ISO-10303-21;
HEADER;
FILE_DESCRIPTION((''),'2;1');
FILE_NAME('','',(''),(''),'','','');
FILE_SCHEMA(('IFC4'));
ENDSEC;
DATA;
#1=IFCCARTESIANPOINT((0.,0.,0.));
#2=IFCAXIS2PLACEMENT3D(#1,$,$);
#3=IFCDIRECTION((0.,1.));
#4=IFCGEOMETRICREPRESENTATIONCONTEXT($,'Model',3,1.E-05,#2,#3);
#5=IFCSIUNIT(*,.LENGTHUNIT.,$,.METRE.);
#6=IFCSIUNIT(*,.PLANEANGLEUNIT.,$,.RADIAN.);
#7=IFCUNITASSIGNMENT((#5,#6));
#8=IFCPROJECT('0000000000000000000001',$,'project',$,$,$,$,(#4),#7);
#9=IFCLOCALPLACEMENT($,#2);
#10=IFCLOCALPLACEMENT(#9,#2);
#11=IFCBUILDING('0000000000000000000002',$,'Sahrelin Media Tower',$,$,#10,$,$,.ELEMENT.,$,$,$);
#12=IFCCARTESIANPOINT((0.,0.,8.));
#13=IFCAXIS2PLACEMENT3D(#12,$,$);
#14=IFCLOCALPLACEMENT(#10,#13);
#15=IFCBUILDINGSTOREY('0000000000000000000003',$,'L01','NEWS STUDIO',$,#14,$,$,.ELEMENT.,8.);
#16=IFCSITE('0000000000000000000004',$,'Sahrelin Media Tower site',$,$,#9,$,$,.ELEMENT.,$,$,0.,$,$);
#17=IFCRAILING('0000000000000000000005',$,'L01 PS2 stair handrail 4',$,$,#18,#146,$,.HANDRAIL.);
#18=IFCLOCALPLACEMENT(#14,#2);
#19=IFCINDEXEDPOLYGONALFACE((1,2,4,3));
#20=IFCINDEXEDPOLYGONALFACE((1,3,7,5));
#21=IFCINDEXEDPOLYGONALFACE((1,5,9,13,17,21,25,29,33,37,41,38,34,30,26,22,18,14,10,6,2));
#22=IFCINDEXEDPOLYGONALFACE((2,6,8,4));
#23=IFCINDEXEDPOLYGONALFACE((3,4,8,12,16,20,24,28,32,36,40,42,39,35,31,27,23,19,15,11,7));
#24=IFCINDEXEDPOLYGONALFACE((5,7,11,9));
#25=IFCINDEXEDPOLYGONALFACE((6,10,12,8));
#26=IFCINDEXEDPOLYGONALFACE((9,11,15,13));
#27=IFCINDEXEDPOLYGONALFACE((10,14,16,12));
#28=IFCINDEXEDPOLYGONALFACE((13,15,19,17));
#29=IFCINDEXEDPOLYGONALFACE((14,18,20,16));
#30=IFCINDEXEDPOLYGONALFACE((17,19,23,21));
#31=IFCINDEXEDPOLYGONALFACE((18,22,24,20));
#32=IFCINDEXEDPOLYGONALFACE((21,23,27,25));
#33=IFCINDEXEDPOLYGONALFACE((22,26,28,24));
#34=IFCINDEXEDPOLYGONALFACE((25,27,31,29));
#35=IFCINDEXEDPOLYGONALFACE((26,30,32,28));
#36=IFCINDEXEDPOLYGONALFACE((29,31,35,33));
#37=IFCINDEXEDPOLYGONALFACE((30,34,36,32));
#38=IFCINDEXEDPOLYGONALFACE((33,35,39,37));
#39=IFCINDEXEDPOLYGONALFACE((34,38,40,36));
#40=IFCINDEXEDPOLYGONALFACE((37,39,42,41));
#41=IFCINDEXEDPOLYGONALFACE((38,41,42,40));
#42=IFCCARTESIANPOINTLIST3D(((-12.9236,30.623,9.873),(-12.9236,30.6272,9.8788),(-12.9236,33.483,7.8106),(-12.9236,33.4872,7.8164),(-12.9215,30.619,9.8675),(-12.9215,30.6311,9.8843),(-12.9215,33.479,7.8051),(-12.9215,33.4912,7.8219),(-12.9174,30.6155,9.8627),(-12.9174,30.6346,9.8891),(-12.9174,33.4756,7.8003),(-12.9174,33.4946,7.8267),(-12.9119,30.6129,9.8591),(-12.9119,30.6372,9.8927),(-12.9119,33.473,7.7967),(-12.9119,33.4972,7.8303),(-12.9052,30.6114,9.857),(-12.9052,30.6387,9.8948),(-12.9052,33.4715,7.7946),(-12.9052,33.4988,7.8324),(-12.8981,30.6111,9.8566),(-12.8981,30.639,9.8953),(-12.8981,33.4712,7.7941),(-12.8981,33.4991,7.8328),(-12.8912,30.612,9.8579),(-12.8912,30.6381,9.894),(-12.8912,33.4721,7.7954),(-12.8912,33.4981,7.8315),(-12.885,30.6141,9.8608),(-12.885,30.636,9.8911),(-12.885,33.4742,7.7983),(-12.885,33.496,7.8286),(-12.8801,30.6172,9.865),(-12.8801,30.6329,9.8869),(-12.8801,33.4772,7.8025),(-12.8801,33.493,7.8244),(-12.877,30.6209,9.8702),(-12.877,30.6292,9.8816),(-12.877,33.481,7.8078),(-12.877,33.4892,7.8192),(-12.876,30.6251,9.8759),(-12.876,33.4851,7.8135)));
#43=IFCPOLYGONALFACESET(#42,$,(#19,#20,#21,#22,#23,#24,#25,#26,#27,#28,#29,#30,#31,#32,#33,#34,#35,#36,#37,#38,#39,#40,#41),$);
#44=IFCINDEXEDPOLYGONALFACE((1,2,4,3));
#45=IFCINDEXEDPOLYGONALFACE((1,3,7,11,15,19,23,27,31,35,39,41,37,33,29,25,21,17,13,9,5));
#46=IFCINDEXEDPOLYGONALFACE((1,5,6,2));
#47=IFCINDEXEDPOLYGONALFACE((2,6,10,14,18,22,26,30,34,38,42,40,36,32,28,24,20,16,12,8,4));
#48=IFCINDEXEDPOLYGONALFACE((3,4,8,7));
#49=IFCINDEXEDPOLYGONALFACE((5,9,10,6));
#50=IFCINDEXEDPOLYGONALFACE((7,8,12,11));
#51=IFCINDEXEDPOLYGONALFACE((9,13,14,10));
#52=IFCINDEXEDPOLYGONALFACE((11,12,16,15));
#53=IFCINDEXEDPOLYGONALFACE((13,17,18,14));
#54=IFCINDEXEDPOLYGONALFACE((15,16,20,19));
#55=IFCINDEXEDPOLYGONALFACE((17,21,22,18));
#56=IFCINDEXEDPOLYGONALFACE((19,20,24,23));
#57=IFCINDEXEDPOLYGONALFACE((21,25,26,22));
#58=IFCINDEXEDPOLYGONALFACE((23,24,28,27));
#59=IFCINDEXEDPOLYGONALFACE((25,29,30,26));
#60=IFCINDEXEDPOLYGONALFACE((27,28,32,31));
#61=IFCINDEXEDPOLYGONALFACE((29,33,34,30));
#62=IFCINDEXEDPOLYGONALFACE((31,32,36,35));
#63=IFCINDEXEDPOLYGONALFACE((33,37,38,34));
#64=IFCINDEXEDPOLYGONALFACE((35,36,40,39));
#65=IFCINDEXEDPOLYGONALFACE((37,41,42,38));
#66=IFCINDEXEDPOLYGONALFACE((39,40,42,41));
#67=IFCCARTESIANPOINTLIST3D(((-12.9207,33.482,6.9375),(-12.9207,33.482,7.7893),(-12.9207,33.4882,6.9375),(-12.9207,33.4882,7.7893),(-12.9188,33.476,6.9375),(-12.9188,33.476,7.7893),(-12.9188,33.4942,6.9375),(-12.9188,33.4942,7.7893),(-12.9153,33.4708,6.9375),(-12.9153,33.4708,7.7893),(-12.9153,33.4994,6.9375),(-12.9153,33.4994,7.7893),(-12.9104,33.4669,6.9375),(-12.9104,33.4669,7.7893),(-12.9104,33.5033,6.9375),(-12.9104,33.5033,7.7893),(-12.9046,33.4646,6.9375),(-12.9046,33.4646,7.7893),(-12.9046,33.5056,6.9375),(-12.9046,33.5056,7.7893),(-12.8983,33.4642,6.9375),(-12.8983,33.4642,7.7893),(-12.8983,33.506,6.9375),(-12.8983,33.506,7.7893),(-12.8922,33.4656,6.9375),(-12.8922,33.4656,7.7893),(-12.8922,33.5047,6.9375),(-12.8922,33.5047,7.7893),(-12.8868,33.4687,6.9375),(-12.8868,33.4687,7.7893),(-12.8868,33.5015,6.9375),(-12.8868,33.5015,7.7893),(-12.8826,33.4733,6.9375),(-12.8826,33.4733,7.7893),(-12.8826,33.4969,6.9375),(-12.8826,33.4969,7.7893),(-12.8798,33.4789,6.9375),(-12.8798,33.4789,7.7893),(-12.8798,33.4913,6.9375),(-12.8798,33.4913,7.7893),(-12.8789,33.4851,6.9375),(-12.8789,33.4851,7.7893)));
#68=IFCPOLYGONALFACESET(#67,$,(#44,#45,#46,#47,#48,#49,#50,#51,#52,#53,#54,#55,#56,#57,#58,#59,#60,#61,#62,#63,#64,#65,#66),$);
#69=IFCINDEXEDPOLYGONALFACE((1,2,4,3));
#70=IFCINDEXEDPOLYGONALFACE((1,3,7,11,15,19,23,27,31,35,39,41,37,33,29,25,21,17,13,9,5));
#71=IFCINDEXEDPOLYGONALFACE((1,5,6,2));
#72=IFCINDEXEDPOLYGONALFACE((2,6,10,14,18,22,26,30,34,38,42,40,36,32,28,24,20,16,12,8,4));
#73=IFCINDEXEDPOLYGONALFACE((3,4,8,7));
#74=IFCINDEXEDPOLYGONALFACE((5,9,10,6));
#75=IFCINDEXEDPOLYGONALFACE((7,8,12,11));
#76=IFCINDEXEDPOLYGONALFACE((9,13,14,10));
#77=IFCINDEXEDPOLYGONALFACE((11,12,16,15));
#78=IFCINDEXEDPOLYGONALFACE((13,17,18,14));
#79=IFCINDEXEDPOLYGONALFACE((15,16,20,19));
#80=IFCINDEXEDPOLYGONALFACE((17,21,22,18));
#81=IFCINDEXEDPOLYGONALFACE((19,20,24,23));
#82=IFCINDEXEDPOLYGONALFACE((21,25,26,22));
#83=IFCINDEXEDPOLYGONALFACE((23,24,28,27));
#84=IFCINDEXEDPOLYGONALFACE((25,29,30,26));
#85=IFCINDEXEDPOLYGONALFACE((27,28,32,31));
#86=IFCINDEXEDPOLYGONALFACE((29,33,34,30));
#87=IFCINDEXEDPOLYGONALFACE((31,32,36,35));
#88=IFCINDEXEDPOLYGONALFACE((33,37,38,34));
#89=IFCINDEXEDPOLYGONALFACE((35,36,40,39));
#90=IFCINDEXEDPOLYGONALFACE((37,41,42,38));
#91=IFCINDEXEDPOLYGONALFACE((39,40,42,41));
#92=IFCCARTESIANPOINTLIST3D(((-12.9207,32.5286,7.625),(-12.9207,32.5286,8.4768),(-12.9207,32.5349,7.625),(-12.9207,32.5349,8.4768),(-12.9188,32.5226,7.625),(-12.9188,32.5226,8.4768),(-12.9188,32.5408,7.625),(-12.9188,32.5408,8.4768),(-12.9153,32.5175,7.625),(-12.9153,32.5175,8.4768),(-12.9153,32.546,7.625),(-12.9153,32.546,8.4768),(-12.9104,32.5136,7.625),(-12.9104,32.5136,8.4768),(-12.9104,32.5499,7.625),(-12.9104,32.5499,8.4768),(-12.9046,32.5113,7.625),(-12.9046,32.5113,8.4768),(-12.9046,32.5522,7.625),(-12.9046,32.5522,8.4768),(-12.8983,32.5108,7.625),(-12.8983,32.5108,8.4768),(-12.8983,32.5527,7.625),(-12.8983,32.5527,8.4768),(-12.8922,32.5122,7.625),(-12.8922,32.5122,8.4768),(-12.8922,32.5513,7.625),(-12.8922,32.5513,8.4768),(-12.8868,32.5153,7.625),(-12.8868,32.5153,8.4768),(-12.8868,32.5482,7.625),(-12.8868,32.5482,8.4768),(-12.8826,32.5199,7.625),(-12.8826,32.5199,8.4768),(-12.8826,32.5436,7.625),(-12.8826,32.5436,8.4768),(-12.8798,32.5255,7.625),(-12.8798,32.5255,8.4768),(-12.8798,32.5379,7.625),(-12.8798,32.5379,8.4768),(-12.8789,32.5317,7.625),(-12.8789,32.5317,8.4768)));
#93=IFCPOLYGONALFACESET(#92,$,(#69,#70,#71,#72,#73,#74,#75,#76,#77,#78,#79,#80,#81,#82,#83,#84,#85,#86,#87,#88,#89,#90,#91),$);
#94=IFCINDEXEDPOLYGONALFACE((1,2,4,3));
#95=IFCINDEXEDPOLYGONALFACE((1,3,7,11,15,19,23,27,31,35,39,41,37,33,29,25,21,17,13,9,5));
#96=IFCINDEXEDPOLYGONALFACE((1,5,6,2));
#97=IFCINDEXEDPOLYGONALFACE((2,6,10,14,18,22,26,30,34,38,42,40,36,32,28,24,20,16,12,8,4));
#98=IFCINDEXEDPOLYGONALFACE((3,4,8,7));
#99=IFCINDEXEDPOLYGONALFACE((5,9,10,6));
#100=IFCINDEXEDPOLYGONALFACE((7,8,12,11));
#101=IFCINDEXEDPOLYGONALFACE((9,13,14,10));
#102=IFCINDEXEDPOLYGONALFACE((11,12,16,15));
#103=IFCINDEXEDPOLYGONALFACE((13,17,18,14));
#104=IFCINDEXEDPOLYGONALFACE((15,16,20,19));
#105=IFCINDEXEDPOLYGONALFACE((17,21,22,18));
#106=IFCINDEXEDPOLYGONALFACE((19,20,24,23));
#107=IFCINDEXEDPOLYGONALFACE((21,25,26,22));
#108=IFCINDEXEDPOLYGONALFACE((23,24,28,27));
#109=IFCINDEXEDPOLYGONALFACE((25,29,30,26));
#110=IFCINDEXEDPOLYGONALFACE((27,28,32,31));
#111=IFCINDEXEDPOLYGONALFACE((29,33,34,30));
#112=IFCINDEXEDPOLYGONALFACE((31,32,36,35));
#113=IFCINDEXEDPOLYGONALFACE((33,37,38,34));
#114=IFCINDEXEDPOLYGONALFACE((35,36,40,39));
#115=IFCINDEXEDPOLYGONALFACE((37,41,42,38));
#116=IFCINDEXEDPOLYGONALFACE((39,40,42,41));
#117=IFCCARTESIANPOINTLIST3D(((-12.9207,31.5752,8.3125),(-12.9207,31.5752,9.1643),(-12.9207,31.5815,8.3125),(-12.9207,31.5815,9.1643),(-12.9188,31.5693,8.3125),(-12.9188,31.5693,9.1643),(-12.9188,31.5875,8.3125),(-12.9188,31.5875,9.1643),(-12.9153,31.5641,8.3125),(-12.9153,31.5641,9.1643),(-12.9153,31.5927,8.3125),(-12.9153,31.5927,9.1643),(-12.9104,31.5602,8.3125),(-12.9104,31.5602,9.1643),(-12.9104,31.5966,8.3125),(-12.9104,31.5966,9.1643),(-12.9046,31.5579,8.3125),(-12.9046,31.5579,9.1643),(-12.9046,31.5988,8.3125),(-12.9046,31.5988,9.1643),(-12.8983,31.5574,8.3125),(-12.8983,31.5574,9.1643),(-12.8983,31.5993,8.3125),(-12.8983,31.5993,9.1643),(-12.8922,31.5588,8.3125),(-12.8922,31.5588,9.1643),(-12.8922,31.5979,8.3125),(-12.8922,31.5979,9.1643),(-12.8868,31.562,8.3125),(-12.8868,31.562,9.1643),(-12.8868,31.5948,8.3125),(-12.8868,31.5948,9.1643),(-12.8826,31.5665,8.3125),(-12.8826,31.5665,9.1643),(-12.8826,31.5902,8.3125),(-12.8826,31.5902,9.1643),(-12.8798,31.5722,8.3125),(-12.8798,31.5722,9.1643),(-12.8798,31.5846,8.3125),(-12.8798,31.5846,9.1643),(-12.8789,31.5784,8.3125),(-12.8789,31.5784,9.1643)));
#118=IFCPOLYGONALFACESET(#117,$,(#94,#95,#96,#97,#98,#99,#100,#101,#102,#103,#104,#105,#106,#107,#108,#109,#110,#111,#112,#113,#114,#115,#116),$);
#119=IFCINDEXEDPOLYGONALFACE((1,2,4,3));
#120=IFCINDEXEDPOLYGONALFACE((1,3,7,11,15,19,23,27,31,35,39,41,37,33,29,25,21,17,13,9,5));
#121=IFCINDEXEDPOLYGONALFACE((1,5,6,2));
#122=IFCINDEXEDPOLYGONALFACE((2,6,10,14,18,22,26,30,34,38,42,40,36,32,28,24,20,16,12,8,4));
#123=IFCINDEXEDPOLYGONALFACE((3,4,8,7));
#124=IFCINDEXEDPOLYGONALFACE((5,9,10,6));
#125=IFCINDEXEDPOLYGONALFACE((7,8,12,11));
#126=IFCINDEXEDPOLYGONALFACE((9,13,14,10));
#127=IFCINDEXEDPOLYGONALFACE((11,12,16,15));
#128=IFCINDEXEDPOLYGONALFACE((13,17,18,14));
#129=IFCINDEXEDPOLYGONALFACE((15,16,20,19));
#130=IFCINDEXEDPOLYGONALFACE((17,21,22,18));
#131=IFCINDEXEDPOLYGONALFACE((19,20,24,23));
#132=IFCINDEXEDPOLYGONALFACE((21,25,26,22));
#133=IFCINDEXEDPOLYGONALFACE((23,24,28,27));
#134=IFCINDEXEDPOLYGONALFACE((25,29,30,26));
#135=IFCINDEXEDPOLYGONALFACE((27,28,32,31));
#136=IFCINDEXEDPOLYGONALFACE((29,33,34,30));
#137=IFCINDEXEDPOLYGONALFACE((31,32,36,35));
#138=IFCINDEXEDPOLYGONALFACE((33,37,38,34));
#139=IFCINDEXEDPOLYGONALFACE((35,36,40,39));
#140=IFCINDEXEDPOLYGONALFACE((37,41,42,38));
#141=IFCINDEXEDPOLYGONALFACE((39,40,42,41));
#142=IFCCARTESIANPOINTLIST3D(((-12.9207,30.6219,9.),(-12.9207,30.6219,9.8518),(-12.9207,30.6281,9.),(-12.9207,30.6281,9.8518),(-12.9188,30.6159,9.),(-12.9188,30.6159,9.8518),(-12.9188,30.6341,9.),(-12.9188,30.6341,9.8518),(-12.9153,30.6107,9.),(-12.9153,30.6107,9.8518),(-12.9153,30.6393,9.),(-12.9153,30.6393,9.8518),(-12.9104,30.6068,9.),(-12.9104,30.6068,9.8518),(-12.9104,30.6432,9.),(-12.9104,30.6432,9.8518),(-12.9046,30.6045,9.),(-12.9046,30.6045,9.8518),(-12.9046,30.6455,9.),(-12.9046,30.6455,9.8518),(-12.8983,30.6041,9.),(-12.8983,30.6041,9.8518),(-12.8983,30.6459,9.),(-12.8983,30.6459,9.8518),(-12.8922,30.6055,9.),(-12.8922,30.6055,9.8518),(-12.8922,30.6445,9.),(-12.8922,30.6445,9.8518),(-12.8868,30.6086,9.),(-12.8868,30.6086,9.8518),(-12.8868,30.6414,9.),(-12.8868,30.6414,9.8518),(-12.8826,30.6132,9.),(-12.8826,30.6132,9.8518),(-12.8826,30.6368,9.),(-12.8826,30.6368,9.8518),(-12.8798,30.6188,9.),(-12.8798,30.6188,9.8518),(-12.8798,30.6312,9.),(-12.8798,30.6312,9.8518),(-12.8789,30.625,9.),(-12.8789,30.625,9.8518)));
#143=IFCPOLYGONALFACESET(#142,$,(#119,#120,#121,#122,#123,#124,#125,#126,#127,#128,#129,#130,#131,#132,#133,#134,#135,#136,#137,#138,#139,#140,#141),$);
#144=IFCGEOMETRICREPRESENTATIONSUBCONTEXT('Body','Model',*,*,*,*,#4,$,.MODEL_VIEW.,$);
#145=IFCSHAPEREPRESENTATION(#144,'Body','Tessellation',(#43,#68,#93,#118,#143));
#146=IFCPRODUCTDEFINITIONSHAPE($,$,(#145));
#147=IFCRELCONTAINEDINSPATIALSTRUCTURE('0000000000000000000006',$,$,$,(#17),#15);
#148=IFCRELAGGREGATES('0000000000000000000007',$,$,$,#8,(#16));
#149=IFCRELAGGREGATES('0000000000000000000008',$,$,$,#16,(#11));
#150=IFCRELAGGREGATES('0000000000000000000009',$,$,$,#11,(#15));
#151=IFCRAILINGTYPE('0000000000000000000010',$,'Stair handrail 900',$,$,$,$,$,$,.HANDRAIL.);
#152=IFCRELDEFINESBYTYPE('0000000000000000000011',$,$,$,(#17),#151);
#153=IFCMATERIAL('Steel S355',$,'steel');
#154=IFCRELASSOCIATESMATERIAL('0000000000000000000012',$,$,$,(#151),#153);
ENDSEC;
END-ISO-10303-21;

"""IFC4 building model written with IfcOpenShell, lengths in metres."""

from ifc_helpers import new_model, si_unit, direction, frame, origin, origin_2d, place, context, subcontext, project, spatial, circle, extrude, material, type_object, element, save


model = new_model("IFC4")

# Units and contexts
model_context = context("Model", 3, precision=1e-05, world=origin(), true_north=direction((0.0, 1.0)))
body_context = subcontext(model_context, "Body", "Model", "MODEL_VIEW")
ifc_project = project(units=[si_unit("LENGTHUNIT", "METRE"), si_unit("PLANEANGLEUNIT", "RADIAN")], contexts=[model_context])

# Site, building, storey
site_placement = place(None, origin())
site = spatial("IfcSite", under=ifc_project, at=site_placement, Name="Sahrelin Media Tower site", CompositionType="ELEMENT", RefElevation=0.0)
building_placement = place(site_placement, origin())
building = spatial("IfcBuilding", under=site, at=building_placement, Name="Sahrelin Media Tower", CompositionType="ELEMENT")
storey_placement = place(building_placement, frame((0.0, 0.0, 8.0)))
storey = spatial("IfcBuildingStorey", under=building, at=storey_placement, Name="L01", Description="NEWS STUDIO", CompositionType="ELEMENT", Elevation=8.0)

# Shared definitions
ifc_material_1 = material(Name="Steel S355", Category="steel")

# Railing
railing_type_1 = type_object("IfcRailingType", Name="Stair handrail 900", PredefinedType="HANDRAIL", material=ifc_material_1)
for number, where, name in (
    (1, (-12.8999, 33.4851, 6.9375), "L01 PS2 stair handrail 4"),
):
    element("IfcRailing", number, at=place(storey_placement, frame(where)), inside=storey, type_object=railing_type_1, Name=name, PredefinedType="HANDRAIL", context=body_context, shape_type="SweptSolid", body=[
        extrude(circle(Radius=0.0239, at=origin_2d()), frame((0.0, 0.0, 0.876), z_axis=(0.0, -0.811101, 0.584906), x_axis=(1.0, 0.0, 0.0)), (0.0, 0.0, 1.0), 3.5261),
        extrude(circle(Radius=0.021, at=origin_2d()), origin(), (0.0, 0.0, 1.0), 0.8518),
        extrude(circle(Radius=0.021, at=origin_2d()), frame((0.0, -0.9534, 0.6875)), (0.0, 0.0, 1.0), 0.8518),
        extrude(circle(Radius=0.021, at=origin_2d()), frame((0.0, -1.9067, 1.375)), (0.0, 0.0, 1.0), 0.8518),
        extrude(circle(Radius=0.021, at=origin_2d()), frame((0.0, -2.8601, 2.0625)), (0.0, 0.0, 1.0), 0.8518),
    ])

save(model, "model.ifc")
